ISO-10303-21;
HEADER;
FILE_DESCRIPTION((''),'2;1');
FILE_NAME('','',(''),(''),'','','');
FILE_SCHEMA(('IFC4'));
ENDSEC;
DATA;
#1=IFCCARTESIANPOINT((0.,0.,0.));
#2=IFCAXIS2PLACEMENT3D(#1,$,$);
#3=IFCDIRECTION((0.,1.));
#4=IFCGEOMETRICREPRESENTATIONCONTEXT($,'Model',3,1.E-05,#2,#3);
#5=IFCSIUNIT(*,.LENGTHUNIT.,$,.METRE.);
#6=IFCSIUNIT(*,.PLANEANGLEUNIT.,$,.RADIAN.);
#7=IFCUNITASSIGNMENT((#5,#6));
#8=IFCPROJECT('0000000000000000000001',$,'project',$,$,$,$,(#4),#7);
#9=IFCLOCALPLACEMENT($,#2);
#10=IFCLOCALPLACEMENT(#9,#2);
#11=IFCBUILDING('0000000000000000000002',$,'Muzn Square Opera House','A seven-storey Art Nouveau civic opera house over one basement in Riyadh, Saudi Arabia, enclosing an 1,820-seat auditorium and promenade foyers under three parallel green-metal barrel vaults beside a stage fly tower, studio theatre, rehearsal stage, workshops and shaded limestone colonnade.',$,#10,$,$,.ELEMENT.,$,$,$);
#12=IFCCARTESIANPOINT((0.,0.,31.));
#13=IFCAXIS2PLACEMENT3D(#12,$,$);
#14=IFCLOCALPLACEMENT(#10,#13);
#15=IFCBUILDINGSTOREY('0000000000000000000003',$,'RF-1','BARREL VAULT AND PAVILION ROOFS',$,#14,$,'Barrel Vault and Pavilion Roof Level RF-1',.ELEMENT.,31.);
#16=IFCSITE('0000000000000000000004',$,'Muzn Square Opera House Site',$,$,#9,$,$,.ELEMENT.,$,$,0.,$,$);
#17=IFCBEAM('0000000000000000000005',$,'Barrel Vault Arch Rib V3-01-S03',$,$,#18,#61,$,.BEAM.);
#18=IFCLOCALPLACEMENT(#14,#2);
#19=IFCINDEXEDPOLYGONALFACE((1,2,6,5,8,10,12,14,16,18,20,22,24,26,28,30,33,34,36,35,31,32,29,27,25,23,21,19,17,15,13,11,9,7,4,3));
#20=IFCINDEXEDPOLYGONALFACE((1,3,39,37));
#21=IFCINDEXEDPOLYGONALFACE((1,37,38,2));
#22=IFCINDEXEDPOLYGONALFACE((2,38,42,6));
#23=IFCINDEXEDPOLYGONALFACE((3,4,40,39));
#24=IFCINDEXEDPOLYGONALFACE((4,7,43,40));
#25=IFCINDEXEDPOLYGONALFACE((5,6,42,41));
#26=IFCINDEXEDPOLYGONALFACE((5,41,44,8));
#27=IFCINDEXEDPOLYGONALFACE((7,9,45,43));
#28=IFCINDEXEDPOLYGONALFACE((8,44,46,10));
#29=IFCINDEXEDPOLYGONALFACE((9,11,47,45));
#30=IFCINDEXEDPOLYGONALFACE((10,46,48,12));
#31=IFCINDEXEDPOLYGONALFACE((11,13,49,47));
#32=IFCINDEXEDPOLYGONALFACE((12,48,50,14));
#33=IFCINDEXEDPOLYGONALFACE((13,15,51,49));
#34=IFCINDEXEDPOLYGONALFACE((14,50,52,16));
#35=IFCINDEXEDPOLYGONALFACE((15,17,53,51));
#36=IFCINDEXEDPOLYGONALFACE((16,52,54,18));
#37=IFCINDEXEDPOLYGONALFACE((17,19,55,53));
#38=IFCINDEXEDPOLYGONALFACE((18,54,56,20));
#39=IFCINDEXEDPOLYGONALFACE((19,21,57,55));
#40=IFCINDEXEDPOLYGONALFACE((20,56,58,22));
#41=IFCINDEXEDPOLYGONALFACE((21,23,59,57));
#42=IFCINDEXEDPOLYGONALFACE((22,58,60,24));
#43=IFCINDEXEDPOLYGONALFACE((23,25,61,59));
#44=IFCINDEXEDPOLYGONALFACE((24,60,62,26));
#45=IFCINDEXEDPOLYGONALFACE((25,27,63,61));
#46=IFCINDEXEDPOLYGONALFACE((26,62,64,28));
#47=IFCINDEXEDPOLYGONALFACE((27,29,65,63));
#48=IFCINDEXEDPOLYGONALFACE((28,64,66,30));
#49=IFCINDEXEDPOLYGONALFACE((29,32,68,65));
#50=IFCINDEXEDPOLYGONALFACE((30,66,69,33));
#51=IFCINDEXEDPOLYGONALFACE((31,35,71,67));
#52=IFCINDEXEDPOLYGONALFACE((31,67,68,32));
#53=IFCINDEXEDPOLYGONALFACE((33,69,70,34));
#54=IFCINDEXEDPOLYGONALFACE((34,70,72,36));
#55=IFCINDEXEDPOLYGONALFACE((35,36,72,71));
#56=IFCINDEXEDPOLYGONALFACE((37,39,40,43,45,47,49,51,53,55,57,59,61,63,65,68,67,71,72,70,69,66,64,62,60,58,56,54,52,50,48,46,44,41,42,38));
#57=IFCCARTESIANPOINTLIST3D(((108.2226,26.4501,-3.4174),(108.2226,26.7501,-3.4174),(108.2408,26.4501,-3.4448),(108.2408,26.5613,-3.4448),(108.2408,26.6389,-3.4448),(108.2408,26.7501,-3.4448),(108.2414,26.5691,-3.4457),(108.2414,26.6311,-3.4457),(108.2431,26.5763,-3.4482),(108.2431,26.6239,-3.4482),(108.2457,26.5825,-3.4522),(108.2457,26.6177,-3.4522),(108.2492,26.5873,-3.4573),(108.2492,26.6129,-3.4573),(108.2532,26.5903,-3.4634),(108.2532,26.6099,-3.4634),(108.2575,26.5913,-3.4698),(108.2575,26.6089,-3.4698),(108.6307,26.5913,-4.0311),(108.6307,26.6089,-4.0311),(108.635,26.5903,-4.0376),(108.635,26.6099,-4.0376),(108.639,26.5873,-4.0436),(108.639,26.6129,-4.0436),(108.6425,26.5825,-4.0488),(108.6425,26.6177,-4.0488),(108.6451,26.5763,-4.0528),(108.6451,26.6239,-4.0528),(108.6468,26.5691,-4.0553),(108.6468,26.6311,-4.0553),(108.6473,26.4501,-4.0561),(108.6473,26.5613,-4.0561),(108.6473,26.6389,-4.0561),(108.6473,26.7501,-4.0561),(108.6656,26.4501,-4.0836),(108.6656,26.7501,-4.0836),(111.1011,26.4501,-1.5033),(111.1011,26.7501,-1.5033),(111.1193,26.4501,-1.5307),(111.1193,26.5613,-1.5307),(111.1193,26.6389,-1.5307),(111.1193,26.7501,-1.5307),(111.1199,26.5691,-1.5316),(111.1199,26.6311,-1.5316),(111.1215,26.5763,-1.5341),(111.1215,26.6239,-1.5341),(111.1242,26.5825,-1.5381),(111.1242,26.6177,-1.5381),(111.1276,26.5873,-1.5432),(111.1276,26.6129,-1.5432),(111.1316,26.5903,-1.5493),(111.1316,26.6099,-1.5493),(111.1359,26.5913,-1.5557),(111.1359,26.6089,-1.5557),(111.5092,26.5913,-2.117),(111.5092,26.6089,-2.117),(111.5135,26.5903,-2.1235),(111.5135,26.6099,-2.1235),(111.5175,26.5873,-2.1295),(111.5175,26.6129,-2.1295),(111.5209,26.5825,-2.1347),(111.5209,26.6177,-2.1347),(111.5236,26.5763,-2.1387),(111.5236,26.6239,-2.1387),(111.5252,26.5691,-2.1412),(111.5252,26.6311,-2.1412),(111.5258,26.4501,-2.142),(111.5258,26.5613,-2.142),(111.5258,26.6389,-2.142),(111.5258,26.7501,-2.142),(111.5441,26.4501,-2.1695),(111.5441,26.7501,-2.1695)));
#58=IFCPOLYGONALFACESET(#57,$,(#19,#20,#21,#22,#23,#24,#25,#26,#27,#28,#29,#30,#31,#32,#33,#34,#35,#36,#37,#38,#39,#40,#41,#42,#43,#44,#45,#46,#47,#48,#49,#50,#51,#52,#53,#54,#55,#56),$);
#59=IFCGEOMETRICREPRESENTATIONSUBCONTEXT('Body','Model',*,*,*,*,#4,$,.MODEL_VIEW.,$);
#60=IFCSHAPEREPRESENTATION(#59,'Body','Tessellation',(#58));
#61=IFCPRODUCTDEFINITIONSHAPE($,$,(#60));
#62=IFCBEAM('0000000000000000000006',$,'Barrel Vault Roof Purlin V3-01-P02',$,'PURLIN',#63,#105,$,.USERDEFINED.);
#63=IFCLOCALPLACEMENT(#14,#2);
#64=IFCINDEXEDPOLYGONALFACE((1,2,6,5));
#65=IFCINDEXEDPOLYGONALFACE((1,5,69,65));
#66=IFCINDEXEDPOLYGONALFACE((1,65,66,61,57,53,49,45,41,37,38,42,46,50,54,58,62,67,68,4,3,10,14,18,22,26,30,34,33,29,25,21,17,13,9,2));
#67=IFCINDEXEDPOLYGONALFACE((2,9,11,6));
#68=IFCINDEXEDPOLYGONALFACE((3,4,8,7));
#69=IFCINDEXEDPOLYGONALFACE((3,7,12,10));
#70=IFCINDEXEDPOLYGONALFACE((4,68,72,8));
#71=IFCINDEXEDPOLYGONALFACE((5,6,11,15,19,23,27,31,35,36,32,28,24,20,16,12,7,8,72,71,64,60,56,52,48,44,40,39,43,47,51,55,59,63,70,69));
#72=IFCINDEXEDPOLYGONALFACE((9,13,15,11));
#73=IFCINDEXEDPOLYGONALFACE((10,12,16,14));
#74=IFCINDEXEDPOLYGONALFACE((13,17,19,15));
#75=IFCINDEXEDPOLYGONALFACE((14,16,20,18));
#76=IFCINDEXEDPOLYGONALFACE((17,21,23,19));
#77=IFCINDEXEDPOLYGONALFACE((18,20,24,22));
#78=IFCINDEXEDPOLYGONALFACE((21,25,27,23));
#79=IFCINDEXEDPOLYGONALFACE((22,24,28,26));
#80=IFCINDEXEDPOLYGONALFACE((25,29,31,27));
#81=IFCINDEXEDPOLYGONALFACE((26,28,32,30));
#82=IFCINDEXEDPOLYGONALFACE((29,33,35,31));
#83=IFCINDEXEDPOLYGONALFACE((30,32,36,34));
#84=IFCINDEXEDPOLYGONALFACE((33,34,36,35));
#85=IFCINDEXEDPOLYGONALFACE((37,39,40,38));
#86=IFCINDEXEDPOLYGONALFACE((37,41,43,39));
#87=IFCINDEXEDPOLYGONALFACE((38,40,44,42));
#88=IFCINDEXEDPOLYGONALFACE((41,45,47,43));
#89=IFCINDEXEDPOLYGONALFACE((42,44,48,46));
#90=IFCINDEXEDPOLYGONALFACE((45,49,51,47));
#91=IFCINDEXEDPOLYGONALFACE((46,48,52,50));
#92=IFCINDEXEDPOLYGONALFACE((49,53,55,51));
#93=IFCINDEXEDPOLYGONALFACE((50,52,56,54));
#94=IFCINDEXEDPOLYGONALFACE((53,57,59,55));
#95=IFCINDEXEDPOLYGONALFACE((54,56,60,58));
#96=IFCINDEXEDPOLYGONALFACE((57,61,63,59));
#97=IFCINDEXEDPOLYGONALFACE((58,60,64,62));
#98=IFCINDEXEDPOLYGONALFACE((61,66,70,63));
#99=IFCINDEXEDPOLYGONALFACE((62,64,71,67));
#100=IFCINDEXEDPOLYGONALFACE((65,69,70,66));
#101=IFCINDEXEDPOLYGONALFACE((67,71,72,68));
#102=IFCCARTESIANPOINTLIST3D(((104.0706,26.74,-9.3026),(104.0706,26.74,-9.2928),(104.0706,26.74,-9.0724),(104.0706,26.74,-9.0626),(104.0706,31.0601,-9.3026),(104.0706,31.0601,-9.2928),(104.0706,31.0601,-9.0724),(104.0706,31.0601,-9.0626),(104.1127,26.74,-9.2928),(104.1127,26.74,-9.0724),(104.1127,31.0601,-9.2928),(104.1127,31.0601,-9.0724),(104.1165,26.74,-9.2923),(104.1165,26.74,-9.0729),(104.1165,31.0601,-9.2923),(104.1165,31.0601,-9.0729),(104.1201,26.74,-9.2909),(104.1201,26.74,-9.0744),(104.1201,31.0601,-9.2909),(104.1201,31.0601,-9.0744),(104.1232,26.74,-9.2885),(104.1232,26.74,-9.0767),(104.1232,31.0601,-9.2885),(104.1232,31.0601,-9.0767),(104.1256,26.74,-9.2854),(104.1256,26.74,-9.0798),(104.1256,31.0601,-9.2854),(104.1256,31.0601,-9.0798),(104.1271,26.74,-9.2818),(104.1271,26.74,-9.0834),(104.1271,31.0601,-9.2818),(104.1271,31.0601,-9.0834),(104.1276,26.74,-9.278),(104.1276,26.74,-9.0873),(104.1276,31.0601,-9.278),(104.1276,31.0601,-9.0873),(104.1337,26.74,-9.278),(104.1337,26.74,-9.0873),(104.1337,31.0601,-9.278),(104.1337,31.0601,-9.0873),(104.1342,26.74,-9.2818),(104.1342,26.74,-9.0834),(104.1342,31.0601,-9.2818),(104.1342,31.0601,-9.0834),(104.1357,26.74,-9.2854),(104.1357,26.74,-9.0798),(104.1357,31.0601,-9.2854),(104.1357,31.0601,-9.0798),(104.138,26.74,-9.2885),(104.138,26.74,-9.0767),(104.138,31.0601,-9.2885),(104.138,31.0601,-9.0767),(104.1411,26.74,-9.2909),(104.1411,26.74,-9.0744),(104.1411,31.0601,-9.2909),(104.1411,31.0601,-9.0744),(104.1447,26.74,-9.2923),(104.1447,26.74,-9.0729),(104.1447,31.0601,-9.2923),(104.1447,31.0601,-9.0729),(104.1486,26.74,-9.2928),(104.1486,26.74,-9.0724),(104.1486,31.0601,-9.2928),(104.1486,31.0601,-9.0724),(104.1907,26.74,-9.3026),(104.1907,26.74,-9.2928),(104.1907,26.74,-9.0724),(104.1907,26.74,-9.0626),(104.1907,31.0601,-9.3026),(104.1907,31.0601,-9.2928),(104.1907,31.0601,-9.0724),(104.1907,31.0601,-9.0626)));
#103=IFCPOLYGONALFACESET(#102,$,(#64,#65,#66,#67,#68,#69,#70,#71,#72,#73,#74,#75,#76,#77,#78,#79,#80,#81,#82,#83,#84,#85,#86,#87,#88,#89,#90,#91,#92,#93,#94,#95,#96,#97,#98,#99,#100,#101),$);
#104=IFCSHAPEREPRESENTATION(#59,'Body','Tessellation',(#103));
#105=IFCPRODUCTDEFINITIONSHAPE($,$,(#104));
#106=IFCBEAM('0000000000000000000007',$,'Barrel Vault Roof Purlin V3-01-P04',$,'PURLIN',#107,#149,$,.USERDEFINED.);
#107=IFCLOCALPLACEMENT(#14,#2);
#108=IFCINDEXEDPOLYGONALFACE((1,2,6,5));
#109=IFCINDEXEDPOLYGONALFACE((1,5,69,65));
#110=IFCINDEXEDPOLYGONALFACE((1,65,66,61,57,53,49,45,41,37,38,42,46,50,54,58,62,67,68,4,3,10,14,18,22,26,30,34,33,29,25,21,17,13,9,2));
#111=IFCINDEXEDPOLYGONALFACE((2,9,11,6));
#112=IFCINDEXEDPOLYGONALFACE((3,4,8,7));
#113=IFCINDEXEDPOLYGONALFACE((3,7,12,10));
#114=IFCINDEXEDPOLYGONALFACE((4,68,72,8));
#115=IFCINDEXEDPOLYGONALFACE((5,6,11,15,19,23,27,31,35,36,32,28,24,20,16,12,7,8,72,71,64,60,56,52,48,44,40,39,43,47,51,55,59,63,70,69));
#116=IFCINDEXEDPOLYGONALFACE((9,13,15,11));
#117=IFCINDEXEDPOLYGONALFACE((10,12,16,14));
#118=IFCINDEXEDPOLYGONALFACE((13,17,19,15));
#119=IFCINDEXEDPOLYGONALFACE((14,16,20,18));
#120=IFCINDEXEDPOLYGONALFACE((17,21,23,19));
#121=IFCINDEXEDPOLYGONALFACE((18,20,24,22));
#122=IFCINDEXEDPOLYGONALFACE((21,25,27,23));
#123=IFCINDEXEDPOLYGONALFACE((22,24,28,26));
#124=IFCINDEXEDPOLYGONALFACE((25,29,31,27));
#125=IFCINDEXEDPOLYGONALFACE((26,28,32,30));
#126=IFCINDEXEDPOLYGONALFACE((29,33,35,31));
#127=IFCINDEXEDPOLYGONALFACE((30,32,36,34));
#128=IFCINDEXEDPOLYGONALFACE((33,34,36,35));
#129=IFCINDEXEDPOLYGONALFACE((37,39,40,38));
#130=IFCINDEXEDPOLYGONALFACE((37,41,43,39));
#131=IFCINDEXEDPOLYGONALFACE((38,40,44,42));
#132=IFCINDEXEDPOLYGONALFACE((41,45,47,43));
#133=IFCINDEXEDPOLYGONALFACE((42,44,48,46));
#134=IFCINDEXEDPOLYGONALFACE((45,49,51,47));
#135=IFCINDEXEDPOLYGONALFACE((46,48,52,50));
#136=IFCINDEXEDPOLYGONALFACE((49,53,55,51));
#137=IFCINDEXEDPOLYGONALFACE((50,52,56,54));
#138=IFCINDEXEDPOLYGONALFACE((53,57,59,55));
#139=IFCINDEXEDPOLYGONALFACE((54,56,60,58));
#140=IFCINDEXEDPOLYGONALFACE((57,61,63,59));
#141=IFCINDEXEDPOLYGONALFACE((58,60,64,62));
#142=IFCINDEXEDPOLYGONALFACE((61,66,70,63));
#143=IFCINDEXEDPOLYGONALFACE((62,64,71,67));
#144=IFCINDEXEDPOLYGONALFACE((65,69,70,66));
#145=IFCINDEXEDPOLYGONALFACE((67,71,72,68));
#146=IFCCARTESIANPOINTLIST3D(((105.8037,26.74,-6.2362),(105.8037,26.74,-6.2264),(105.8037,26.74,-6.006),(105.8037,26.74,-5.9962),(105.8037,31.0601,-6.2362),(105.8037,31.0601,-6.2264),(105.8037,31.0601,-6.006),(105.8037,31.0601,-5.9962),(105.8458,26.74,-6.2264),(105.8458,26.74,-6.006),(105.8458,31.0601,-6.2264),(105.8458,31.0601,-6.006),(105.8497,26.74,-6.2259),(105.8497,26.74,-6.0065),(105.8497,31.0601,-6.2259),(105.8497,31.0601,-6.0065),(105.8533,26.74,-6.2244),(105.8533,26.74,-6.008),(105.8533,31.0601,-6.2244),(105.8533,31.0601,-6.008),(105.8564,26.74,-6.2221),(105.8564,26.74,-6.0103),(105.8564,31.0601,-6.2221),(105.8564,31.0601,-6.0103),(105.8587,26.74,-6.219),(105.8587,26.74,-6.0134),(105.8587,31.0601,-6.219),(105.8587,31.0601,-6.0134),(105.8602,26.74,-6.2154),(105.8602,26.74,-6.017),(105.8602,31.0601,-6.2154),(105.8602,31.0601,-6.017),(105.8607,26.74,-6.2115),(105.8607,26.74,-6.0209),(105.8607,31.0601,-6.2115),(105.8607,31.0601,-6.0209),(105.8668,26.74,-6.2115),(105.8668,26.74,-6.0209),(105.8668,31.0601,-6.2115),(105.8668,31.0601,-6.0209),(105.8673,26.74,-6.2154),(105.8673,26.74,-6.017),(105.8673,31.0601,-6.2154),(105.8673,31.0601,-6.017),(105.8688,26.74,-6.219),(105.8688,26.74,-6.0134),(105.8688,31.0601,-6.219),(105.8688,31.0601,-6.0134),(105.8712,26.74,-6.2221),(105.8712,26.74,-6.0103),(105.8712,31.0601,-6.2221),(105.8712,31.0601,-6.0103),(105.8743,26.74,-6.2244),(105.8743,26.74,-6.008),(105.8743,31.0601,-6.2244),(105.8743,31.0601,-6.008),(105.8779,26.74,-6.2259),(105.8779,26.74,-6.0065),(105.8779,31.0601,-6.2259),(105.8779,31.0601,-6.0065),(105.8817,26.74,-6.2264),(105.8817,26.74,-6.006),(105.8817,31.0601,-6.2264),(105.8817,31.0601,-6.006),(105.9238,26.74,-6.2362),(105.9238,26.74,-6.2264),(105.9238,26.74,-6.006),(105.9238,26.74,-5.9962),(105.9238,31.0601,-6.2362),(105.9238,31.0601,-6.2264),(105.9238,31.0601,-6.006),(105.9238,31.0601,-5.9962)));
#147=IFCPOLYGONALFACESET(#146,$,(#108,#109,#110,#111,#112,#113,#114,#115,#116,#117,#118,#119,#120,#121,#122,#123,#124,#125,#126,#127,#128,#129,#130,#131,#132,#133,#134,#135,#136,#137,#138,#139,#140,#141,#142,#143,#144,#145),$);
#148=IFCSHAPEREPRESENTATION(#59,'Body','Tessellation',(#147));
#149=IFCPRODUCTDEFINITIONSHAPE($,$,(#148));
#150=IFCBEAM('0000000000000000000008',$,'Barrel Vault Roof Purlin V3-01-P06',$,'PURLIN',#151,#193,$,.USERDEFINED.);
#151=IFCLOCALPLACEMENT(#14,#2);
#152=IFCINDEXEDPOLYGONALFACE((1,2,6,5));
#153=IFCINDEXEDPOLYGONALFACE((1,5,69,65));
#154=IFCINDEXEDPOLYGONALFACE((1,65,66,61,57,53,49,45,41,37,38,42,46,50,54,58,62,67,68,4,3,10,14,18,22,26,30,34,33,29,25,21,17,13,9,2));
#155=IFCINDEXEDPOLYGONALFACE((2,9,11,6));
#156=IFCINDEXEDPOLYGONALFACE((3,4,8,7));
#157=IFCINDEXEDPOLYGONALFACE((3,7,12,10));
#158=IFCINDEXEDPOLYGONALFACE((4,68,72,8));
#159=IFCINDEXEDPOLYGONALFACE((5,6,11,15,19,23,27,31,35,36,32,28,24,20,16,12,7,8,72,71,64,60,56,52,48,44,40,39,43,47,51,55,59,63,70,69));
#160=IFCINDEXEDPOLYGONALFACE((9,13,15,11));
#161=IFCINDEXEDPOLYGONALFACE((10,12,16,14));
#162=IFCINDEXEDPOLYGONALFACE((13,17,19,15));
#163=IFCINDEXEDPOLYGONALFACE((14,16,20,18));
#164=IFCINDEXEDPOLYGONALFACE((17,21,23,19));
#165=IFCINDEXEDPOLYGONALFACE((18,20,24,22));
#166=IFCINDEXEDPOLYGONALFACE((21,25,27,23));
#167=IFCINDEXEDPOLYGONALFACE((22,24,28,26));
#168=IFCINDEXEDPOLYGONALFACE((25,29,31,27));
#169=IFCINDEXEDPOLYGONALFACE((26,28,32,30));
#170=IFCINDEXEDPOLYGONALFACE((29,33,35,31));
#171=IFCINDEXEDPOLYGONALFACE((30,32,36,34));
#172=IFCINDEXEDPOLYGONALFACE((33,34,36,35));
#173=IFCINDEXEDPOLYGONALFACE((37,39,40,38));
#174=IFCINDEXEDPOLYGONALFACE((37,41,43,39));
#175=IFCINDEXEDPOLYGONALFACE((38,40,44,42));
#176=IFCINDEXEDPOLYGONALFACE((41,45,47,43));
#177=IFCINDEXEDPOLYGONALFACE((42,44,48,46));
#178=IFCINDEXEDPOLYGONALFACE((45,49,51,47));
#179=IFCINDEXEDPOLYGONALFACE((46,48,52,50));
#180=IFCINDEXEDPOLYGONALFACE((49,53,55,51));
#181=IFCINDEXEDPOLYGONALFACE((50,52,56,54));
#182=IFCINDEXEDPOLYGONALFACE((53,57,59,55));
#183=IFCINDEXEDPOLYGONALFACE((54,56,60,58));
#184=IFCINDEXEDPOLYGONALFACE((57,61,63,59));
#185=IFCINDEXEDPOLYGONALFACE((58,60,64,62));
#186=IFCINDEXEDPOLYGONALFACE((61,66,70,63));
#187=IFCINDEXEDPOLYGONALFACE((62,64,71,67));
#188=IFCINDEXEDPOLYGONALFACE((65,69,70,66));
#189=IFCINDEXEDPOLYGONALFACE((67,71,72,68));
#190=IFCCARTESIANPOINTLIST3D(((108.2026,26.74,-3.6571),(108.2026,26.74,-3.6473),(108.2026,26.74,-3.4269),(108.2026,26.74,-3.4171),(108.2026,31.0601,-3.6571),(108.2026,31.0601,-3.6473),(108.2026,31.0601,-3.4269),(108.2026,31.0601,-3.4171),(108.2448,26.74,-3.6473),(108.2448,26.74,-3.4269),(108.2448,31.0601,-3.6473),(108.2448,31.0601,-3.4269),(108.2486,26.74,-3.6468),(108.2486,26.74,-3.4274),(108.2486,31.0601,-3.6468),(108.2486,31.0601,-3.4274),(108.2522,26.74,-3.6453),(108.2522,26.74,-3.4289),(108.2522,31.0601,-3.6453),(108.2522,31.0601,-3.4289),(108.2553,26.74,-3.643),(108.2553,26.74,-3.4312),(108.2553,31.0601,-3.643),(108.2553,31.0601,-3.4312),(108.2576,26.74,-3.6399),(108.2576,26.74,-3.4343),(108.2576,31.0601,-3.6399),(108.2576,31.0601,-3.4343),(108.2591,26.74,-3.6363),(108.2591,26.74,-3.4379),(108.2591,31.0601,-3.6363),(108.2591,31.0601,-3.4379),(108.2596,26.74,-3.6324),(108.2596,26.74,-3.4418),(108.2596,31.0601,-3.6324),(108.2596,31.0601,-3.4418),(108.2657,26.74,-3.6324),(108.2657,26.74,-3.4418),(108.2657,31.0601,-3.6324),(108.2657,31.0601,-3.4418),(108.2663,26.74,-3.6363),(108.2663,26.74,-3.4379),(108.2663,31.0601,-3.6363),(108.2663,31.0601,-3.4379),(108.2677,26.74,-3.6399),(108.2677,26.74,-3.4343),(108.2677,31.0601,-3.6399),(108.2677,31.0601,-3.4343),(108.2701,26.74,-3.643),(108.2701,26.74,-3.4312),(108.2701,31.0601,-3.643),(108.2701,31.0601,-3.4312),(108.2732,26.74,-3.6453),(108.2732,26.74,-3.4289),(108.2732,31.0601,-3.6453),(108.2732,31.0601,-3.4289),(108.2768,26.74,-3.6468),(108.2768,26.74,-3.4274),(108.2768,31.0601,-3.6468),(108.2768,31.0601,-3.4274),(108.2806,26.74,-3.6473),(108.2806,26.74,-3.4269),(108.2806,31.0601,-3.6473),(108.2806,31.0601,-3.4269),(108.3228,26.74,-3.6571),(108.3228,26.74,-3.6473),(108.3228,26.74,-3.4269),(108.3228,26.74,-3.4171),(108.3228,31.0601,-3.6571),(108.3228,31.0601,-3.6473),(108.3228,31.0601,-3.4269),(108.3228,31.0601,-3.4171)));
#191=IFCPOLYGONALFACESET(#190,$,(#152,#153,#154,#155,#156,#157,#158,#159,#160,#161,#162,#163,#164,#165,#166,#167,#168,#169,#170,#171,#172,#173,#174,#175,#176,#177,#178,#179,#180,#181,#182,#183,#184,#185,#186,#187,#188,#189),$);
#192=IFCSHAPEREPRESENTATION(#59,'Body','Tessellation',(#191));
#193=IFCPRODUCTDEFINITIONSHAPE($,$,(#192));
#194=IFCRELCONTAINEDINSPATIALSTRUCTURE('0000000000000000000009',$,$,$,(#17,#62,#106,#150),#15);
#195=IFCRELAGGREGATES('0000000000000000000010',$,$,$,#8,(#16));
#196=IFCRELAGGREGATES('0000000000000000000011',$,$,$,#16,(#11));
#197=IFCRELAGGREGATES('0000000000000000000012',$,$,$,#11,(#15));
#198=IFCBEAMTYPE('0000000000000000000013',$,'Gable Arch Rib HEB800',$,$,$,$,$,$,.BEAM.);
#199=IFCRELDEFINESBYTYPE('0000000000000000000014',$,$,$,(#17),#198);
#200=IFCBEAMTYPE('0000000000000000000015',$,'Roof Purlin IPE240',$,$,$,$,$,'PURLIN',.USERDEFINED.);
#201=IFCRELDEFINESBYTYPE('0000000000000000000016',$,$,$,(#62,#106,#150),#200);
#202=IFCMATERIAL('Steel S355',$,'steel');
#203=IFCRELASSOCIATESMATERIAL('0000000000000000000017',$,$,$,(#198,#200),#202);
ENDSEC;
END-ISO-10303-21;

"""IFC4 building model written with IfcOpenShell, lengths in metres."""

from ifc_helpers import new_model, si_unit, direction, frame, origin, origin_2d, place, context, subcontext, project, spatial, i_section, extrude, material, material_profile, profile_set, type_object, element, save


model = new_model("IFC4")

# Units and contexts
model_context = context("Model", 3, precision=1e-05, world=origin(), true_north=direction((0.0, 1.0)))
body_context = subcontext(model_context, "Body", "Model", "MODEL_VIEW")
ifc_project = project(units=[si_unit("LENGTHUNIT", "METRE"), si_unit("PLANEANGLEUNIT", "RADIAN")], contexts=[model_context])

# Site, building, storey
site_placement = place(None, origin())
site = spatial("IfcSite", under=ifc_project, at=site_placement, Name="Muzn Square Opera House Site", CompositionType="ELEMENT", RefElevation=0.0)
building_placement = place(site_placement, origin())
building = spatial("IfcBuilding", under=site, at=building_placement, Name="Muzn Square Opera House", Description="A seven-storey Art Nouveau civic opera house over one basement in Riyadh, Saudi Arabia, enclosing an 1,820-seat auditorium and promenade foyers under three parallel green-metal barrel vaults beside a stage fly tower, studio theatre, rehearsal stage, workshops and shaded limestone colonnade.", CompositionType="ELEMENT")
storey_placement = place(building_placement, frame((0.0, 0.0, 31.0)))
storey = spatial("IfcBuildingStorey", under=building, at=storey_placement, Name="RF-1", Description="BARREL VAULT AND PAVILION ROOFS", LongName="Barrel Vault and Pavilion Roof Level RF-1", CompositionType="ELEMENT", Elevation=31.0)

# Beams
ifc_material_1 = material(Name="Steel S355", Category="steel")
ifc_material_profile_1 = material_profile(ifc_material_1, i_section(OverallWidth=0.3, OverallDepth=0.8, WebThickness=0.0176, FlangeThickness=0.033, FilletRadius=0.03, at=origin_2d()), Name="HEB 800", Category="steel")
ifc_profile_set_1 = profile_set([ifc_material_profile_1], Name="Steel S355")
beam_type_1 = type_object("IfcBeamType", Name="Gable Arch Rib HEB800", PredefinedType="BEAM", material=ifc_profile_set_1)
beam_1_placement = place(storey_placement, frame((108.4441, 26.6001, -3.7505), z_axis=(0.832702, 0.0, 0.553722), x_axis=(0.0, 1.0, 0.0)))
element("IfcBeam", 1, at=beam_1_placement, inside=storey, type_object=beam_type_1, Name="Barrel Vault Arch Rib V3-01-S03", PredefinedType="BEAM", context=body_context, shape_type="SweptSolid", body=[
    extrude(i_section(OverallWidth=0.3, OverallDepth=0.8, WebThickness=0.0176, FlangeThickness=0.033, FilletRadius=0.03, at=origin_2d()), origin(), (0.0, 0.0, 1.0), 3.4568),
])
ifc_material_profile_2 = material_profile(ifc_material_1, i_section(OverallWidth=0.1201, OverallDepth=0.24, WebThickness=0.0061, FlangeThickness=0.0098, FilletRadius=0.0149, at=origin_2d()), Name="IPE 240", Category="steel")
ifc_profile_set_2 = profile_set([ifc_material_profile_2], Name="Steel S355")
beam_type_2 = type_object("IfcBeamType", Name="Roof Purlin IPE240", ElementType="PURLIN", PredefinedType="USERDEFINED", material=ifc_profile_set_2)
for number, where, z_axis, x_axis, name in (
    (2, (104.1306, 26.74, -9.1826), (0.0, 1.0, 0.0), (-1.0, 0.0, 0.0), "Barrel Vault Roof Purlin V3-01-P02"),
    (3, (105.8638, 26.74, -6.1162), (0.0, 1.0, 0.0), (-1.0, 0.0, 0.0), "Barrel Vault Roof Purlin V3-01-P04"),
    (4, (108.2627, 26.74, -3.5371), (0.0, 1.0, 0.0), (-1.0, 0.0, 0.0), "Barrel Vault Roof Purlin V3-01-P06"),
):
    element("IfcBeam", number, at=place(storey_placement, frame(where, z_axis=z_axis, x_axis=x_axis)), inside=storey, type_object=beam_type_2, Name=name, ObjectType="PURLIN", PredefinedType="USERDEFINED", context=body_context, shape_type="SweptSolid", body=[
        extrude(i_section(OverallWidth=0.1201, OverallDepth=0.24, WebThickness=0.0061, FlangeThickness=0.0098, FilletRadius=0.0149, at=origin_2d()), origin(), (0.0, 0.0, 1.0), 4.3201),
    ])

save(model, "model.ifc")
